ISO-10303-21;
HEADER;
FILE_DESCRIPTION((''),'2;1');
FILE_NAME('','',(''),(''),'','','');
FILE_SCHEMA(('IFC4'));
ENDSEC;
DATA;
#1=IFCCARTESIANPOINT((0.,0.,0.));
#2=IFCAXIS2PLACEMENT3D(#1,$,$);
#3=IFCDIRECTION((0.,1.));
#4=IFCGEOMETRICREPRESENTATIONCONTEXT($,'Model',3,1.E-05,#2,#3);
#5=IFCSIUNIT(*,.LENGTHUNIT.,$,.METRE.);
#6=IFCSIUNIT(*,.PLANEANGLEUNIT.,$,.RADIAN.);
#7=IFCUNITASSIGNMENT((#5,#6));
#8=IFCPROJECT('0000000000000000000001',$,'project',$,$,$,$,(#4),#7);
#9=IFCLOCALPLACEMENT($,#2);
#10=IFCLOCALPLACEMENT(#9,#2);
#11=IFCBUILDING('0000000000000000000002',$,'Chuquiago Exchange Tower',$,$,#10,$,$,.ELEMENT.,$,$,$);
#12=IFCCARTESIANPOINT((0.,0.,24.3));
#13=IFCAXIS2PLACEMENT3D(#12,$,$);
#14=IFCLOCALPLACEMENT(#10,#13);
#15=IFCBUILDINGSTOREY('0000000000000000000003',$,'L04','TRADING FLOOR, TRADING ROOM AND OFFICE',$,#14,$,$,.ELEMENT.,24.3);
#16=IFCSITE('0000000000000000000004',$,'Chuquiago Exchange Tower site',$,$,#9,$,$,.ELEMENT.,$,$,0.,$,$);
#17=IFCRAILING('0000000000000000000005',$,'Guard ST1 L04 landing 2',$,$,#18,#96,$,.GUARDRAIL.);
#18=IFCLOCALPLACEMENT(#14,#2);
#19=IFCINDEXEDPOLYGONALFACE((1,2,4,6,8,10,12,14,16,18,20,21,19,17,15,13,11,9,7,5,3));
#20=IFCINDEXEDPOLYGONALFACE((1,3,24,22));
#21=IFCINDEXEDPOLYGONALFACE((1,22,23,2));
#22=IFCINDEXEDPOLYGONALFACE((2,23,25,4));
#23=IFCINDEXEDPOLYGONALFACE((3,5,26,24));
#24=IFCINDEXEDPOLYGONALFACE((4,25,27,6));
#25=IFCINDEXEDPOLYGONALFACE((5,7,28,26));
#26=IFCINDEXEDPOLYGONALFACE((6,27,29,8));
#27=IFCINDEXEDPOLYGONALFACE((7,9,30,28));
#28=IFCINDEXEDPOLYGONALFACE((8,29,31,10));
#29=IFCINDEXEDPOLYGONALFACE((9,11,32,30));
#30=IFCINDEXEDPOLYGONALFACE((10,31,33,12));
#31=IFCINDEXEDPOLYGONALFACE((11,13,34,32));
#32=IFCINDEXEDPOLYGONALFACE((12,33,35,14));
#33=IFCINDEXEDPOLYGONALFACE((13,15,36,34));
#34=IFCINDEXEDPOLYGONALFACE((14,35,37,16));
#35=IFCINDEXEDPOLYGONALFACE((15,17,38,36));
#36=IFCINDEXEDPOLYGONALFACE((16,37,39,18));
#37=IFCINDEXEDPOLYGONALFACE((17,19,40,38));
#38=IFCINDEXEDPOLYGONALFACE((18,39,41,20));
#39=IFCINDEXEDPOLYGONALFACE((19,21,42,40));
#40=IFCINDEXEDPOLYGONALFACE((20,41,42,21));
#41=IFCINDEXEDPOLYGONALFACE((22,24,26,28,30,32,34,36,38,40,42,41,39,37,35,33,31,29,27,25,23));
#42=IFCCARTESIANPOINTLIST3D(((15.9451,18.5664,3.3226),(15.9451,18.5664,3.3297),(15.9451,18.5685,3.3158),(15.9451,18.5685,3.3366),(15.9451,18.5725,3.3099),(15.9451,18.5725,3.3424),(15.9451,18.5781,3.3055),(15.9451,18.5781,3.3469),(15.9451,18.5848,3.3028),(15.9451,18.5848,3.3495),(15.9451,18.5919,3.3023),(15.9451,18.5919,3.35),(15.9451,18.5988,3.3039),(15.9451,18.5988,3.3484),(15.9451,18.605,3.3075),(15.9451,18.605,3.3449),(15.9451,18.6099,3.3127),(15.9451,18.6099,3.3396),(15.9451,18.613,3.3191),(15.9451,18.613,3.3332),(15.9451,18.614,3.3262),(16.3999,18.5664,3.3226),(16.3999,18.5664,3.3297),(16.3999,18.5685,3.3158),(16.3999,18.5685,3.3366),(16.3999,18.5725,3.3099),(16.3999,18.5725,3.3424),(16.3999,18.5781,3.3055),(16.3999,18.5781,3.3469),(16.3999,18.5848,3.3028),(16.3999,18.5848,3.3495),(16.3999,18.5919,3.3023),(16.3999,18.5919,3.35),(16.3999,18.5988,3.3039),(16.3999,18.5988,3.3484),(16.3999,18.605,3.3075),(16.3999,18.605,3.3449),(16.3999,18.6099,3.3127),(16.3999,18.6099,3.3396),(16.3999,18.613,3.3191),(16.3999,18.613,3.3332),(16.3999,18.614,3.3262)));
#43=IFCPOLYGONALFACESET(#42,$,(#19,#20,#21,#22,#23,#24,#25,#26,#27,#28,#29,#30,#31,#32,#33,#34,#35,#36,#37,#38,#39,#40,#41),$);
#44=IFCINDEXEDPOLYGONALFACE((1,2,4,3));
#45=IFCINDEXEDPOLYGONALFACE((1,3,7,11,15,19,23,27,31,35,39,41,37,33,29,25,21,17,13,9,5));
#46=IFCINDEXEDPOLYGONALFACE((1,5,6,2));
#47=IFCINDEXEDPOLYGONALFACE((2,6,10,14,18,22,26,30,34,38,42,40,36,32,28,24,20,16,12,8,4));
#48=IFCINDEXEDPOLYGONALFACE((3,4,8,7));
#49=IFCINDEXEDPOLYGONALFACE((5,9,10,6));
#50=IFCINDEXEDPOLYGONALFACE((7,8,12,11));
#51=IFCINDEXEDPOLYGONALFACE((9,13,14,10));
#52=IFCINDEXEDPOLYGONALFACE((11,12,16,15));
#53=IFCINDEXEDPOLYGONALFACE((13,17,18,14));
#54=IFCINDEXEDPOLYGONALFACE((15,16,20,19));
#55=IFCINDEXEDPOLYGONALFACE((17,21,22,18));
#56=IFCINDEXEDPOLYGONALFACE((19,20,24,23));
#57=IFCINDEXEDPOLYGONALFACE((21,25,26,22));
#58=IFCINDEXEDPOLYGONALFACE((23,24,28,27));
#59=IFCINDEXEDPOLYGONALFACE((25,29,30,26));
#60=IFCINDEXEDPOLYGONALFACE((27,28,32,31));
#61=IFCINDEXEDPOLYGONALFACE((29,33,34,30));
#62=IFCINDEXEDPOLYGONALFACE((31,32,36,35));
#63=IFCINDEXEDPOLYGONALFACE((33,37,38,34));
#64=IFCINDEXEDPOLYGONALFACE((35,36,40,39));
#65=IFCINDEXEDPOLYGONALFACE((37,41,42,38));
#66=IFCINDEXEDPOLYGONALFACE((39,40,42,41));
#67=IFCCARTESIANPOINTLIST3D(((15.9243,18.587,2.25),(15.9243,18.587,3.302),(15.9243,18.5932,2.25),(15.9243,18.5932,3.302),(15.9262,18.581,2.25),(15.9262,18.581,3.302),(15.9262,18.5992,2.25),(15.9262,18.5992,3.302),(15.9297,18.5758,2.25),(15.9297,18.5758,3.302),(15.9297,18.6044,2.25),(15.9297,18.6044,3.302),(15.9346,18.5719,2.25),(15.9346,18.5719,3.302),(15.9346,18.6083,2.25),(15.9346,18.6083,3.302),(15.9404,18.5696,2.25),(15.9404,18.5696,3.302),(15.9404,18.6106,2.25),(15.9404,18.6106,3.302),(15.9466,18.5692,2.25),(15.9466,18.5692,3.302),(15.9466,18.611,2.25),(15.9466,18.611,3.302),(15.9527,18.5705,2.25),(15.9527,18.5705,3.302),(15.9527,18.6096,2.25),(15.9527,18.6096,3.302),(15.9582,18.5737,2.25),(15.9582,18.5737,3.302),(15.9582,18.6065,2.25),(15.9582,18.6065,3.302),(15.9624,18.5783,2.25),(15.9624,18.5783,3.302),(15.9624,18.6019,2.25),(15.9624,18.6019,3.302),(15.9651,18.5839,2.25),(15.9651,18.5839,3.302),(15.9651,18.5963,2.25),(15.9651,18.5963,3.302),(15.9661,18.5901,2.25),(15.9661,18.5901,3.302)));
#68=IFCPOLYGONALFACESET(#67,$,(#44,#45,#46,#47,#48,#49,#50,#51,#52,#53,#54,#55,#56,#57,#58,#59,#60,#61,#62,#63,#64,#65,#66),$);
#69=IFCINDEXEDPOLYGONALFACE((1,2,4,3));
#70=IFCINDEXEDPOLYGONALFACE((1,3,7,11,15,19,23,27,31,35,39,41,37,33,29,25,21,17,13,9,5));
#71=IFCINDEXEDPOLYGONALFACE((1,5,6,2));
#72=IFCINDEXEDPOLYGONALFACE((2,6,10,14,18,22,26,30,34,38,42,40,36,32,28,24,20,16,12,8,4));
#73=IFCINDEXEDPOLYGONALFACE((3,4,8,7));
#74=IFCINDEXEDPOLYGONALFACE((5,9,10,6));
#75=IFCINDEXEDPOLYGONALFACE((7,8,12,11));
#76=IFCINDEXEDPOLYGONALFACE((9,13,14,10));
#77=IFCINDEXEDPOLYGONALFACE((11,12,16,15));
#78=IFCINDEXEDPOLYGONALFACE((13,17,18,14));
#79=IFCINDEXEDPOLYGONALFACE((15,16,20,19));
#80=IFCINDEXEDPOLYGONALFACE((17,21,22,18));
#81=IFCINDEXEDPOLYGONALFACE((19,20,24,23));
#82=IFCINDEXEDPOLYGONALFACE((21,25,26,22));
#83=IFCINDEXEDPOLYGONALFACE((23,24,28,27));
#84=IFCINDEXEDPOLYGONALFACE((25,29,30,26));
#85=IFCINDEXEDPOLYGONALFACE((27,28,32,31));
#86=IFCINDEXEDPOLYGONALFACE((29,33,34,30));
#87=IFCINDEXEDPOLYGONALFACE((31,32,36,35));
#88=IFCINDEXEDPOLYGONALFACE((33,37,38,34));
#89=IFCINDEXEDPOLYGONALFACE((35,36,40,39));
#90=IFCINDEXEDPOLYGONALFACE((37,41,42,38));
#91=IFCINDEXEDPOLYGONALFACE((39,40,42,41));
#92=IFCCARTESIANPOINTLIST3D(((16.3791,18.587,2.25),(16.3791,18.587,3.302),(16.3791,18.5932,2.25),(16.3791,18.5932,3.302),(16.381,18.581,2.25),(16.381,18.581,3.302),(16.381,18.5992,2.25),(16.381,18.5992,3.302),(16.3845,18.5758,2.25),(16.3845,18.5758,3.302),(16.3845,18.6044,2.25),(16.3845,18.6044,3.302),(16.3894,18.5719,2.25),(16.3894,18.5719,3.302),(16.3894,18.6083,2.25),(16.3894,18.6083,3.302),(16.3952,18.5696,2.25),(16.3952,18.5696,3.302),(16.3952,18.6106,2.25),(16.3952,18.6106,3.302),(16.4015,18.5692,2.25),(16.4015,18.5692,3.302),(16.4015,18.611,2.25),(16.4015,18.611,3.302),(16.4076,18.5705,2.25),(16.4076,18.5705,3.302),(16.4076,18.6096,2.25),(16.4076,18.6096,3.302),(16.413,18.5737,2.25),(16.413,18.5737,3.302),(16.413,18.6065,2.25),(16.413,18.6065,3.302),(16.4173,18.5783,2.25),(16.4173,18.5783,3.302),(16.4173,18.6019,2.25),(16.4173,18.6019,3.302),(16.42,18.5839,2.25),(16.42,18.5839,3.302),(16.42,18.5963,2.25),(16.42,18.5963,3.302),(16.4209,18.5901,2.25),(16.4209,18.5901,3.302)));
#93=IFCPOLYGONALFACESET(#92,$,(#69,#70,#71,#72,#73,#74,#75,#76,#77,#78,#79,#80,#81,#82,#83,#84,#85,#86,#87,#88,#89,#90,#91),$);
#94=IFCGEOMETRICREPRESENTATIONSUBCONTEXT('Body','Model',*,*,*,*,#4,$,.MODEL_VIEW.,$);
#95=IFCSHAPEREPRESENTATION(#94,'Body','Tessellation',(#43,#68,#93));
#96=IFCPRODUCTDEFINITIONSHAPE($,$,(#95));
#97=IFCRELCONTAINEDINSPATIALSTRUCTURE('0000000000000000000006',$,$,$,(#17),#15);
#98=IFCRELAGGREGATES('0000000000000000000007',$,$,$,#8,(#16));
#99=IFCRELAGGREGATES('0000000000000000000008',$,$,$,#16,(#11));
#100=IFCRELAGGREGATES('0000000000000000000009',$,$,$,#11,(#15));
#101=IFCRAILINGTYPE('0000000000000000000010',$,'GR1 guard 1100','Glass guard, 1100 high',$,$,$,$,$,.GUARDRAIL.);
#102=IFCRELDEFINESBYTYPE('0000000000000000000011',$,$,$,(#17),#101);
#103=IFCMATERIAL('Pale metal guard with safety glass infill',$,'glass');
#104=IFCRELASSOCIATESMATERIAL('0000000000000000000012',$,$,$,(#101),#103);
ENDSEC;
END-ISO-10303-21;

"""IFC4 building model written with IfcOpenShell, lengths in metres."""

from ifc_helpers import new_model, si_unit, direction, frame, origin, origin_2d, place, context, subcontext, project, spatial, circle, extrude, material, type_object, element, save


model = new_model("IFC4")

# Units and contexts
model_context = context("Model", 3, precision=1e-05, world=origin(), true_north=direction((0.0, 1.0)))
body_context = subcontext(model_context, "Body", "Model", "MODEL_VIEW")
ifc_project = project(units=[si_unit("LENGTHUNIT", "METRE"), si_unit("PLANEANGLEUNIT", "RADIAN")], contexts=[model_context])

# Site, building, storey
site_placement = place(None, origin())
site = spatial("IfcSite", under=ifc_project, at=site_placement, Name="Chuquiago Exchange Tower site", CompositionType="ELEMENT", RefElevation=0.0)
building_placement = place(site_placement, origin())
building = spatial("IfcBuilding", under=site, at=building_placement, Name="Chuquiago Exchange Tower", CompositionType="ELEMENT")
storey_placement = place(building_placement, frame((0.0, 0.0, 24.3)))
storey = spatial("IfcBuildingStorey", under=building, at=storey_placement, Name="L04", Description="TRADING FLOOR, TRADING ROOM AND OFFICE", CompositionType="ELEMENT", Elevation=24.3)

# Railing
ifc_material_1 = material(Name="Pale metal guard with safety glass infill", Category="glass")
railing_type_1 = type_object("IfcRailingType", Name="GR1 guard 1100", Description="Glass guard, 1100 high", PredefinedType="GUARDRAIL", material=ifc_material_1)
for number, where, name in (
    (1, (15.9451, 18.5901, 2.25), "Guard ST1 L04 landing 2"),
):
    element("IfcRailing", number, at=place(storey_placement, frame(where)), inside=storey, type_object=railing_type_1, Name=name, PredefinedType="GUARDRAIL", context=body_context, shape_type="SweptSolid", body=[
        extrude(circle(Radius=0.0239, at=origin_2d()), frame((0.0, 0.0, 1.0762), z_axis=(1.0, 0.0, 0.0), x_axis=(0.0, 1.0, 0.0)), (0.0, 0.0, 1.0), 0.4548),
        extrude(circle(Radius=0.021, at=origin_2d()), origin(), (0.0, 0.0, 1.0), 1.052),
        extrude(circle(Radius=0.021, at=origin_2d()), frame((0.4548, 0.0, 0.0)), (0.0, 0.0, 1.0), 1.052),
    ])

save(model, "model.ifc")
